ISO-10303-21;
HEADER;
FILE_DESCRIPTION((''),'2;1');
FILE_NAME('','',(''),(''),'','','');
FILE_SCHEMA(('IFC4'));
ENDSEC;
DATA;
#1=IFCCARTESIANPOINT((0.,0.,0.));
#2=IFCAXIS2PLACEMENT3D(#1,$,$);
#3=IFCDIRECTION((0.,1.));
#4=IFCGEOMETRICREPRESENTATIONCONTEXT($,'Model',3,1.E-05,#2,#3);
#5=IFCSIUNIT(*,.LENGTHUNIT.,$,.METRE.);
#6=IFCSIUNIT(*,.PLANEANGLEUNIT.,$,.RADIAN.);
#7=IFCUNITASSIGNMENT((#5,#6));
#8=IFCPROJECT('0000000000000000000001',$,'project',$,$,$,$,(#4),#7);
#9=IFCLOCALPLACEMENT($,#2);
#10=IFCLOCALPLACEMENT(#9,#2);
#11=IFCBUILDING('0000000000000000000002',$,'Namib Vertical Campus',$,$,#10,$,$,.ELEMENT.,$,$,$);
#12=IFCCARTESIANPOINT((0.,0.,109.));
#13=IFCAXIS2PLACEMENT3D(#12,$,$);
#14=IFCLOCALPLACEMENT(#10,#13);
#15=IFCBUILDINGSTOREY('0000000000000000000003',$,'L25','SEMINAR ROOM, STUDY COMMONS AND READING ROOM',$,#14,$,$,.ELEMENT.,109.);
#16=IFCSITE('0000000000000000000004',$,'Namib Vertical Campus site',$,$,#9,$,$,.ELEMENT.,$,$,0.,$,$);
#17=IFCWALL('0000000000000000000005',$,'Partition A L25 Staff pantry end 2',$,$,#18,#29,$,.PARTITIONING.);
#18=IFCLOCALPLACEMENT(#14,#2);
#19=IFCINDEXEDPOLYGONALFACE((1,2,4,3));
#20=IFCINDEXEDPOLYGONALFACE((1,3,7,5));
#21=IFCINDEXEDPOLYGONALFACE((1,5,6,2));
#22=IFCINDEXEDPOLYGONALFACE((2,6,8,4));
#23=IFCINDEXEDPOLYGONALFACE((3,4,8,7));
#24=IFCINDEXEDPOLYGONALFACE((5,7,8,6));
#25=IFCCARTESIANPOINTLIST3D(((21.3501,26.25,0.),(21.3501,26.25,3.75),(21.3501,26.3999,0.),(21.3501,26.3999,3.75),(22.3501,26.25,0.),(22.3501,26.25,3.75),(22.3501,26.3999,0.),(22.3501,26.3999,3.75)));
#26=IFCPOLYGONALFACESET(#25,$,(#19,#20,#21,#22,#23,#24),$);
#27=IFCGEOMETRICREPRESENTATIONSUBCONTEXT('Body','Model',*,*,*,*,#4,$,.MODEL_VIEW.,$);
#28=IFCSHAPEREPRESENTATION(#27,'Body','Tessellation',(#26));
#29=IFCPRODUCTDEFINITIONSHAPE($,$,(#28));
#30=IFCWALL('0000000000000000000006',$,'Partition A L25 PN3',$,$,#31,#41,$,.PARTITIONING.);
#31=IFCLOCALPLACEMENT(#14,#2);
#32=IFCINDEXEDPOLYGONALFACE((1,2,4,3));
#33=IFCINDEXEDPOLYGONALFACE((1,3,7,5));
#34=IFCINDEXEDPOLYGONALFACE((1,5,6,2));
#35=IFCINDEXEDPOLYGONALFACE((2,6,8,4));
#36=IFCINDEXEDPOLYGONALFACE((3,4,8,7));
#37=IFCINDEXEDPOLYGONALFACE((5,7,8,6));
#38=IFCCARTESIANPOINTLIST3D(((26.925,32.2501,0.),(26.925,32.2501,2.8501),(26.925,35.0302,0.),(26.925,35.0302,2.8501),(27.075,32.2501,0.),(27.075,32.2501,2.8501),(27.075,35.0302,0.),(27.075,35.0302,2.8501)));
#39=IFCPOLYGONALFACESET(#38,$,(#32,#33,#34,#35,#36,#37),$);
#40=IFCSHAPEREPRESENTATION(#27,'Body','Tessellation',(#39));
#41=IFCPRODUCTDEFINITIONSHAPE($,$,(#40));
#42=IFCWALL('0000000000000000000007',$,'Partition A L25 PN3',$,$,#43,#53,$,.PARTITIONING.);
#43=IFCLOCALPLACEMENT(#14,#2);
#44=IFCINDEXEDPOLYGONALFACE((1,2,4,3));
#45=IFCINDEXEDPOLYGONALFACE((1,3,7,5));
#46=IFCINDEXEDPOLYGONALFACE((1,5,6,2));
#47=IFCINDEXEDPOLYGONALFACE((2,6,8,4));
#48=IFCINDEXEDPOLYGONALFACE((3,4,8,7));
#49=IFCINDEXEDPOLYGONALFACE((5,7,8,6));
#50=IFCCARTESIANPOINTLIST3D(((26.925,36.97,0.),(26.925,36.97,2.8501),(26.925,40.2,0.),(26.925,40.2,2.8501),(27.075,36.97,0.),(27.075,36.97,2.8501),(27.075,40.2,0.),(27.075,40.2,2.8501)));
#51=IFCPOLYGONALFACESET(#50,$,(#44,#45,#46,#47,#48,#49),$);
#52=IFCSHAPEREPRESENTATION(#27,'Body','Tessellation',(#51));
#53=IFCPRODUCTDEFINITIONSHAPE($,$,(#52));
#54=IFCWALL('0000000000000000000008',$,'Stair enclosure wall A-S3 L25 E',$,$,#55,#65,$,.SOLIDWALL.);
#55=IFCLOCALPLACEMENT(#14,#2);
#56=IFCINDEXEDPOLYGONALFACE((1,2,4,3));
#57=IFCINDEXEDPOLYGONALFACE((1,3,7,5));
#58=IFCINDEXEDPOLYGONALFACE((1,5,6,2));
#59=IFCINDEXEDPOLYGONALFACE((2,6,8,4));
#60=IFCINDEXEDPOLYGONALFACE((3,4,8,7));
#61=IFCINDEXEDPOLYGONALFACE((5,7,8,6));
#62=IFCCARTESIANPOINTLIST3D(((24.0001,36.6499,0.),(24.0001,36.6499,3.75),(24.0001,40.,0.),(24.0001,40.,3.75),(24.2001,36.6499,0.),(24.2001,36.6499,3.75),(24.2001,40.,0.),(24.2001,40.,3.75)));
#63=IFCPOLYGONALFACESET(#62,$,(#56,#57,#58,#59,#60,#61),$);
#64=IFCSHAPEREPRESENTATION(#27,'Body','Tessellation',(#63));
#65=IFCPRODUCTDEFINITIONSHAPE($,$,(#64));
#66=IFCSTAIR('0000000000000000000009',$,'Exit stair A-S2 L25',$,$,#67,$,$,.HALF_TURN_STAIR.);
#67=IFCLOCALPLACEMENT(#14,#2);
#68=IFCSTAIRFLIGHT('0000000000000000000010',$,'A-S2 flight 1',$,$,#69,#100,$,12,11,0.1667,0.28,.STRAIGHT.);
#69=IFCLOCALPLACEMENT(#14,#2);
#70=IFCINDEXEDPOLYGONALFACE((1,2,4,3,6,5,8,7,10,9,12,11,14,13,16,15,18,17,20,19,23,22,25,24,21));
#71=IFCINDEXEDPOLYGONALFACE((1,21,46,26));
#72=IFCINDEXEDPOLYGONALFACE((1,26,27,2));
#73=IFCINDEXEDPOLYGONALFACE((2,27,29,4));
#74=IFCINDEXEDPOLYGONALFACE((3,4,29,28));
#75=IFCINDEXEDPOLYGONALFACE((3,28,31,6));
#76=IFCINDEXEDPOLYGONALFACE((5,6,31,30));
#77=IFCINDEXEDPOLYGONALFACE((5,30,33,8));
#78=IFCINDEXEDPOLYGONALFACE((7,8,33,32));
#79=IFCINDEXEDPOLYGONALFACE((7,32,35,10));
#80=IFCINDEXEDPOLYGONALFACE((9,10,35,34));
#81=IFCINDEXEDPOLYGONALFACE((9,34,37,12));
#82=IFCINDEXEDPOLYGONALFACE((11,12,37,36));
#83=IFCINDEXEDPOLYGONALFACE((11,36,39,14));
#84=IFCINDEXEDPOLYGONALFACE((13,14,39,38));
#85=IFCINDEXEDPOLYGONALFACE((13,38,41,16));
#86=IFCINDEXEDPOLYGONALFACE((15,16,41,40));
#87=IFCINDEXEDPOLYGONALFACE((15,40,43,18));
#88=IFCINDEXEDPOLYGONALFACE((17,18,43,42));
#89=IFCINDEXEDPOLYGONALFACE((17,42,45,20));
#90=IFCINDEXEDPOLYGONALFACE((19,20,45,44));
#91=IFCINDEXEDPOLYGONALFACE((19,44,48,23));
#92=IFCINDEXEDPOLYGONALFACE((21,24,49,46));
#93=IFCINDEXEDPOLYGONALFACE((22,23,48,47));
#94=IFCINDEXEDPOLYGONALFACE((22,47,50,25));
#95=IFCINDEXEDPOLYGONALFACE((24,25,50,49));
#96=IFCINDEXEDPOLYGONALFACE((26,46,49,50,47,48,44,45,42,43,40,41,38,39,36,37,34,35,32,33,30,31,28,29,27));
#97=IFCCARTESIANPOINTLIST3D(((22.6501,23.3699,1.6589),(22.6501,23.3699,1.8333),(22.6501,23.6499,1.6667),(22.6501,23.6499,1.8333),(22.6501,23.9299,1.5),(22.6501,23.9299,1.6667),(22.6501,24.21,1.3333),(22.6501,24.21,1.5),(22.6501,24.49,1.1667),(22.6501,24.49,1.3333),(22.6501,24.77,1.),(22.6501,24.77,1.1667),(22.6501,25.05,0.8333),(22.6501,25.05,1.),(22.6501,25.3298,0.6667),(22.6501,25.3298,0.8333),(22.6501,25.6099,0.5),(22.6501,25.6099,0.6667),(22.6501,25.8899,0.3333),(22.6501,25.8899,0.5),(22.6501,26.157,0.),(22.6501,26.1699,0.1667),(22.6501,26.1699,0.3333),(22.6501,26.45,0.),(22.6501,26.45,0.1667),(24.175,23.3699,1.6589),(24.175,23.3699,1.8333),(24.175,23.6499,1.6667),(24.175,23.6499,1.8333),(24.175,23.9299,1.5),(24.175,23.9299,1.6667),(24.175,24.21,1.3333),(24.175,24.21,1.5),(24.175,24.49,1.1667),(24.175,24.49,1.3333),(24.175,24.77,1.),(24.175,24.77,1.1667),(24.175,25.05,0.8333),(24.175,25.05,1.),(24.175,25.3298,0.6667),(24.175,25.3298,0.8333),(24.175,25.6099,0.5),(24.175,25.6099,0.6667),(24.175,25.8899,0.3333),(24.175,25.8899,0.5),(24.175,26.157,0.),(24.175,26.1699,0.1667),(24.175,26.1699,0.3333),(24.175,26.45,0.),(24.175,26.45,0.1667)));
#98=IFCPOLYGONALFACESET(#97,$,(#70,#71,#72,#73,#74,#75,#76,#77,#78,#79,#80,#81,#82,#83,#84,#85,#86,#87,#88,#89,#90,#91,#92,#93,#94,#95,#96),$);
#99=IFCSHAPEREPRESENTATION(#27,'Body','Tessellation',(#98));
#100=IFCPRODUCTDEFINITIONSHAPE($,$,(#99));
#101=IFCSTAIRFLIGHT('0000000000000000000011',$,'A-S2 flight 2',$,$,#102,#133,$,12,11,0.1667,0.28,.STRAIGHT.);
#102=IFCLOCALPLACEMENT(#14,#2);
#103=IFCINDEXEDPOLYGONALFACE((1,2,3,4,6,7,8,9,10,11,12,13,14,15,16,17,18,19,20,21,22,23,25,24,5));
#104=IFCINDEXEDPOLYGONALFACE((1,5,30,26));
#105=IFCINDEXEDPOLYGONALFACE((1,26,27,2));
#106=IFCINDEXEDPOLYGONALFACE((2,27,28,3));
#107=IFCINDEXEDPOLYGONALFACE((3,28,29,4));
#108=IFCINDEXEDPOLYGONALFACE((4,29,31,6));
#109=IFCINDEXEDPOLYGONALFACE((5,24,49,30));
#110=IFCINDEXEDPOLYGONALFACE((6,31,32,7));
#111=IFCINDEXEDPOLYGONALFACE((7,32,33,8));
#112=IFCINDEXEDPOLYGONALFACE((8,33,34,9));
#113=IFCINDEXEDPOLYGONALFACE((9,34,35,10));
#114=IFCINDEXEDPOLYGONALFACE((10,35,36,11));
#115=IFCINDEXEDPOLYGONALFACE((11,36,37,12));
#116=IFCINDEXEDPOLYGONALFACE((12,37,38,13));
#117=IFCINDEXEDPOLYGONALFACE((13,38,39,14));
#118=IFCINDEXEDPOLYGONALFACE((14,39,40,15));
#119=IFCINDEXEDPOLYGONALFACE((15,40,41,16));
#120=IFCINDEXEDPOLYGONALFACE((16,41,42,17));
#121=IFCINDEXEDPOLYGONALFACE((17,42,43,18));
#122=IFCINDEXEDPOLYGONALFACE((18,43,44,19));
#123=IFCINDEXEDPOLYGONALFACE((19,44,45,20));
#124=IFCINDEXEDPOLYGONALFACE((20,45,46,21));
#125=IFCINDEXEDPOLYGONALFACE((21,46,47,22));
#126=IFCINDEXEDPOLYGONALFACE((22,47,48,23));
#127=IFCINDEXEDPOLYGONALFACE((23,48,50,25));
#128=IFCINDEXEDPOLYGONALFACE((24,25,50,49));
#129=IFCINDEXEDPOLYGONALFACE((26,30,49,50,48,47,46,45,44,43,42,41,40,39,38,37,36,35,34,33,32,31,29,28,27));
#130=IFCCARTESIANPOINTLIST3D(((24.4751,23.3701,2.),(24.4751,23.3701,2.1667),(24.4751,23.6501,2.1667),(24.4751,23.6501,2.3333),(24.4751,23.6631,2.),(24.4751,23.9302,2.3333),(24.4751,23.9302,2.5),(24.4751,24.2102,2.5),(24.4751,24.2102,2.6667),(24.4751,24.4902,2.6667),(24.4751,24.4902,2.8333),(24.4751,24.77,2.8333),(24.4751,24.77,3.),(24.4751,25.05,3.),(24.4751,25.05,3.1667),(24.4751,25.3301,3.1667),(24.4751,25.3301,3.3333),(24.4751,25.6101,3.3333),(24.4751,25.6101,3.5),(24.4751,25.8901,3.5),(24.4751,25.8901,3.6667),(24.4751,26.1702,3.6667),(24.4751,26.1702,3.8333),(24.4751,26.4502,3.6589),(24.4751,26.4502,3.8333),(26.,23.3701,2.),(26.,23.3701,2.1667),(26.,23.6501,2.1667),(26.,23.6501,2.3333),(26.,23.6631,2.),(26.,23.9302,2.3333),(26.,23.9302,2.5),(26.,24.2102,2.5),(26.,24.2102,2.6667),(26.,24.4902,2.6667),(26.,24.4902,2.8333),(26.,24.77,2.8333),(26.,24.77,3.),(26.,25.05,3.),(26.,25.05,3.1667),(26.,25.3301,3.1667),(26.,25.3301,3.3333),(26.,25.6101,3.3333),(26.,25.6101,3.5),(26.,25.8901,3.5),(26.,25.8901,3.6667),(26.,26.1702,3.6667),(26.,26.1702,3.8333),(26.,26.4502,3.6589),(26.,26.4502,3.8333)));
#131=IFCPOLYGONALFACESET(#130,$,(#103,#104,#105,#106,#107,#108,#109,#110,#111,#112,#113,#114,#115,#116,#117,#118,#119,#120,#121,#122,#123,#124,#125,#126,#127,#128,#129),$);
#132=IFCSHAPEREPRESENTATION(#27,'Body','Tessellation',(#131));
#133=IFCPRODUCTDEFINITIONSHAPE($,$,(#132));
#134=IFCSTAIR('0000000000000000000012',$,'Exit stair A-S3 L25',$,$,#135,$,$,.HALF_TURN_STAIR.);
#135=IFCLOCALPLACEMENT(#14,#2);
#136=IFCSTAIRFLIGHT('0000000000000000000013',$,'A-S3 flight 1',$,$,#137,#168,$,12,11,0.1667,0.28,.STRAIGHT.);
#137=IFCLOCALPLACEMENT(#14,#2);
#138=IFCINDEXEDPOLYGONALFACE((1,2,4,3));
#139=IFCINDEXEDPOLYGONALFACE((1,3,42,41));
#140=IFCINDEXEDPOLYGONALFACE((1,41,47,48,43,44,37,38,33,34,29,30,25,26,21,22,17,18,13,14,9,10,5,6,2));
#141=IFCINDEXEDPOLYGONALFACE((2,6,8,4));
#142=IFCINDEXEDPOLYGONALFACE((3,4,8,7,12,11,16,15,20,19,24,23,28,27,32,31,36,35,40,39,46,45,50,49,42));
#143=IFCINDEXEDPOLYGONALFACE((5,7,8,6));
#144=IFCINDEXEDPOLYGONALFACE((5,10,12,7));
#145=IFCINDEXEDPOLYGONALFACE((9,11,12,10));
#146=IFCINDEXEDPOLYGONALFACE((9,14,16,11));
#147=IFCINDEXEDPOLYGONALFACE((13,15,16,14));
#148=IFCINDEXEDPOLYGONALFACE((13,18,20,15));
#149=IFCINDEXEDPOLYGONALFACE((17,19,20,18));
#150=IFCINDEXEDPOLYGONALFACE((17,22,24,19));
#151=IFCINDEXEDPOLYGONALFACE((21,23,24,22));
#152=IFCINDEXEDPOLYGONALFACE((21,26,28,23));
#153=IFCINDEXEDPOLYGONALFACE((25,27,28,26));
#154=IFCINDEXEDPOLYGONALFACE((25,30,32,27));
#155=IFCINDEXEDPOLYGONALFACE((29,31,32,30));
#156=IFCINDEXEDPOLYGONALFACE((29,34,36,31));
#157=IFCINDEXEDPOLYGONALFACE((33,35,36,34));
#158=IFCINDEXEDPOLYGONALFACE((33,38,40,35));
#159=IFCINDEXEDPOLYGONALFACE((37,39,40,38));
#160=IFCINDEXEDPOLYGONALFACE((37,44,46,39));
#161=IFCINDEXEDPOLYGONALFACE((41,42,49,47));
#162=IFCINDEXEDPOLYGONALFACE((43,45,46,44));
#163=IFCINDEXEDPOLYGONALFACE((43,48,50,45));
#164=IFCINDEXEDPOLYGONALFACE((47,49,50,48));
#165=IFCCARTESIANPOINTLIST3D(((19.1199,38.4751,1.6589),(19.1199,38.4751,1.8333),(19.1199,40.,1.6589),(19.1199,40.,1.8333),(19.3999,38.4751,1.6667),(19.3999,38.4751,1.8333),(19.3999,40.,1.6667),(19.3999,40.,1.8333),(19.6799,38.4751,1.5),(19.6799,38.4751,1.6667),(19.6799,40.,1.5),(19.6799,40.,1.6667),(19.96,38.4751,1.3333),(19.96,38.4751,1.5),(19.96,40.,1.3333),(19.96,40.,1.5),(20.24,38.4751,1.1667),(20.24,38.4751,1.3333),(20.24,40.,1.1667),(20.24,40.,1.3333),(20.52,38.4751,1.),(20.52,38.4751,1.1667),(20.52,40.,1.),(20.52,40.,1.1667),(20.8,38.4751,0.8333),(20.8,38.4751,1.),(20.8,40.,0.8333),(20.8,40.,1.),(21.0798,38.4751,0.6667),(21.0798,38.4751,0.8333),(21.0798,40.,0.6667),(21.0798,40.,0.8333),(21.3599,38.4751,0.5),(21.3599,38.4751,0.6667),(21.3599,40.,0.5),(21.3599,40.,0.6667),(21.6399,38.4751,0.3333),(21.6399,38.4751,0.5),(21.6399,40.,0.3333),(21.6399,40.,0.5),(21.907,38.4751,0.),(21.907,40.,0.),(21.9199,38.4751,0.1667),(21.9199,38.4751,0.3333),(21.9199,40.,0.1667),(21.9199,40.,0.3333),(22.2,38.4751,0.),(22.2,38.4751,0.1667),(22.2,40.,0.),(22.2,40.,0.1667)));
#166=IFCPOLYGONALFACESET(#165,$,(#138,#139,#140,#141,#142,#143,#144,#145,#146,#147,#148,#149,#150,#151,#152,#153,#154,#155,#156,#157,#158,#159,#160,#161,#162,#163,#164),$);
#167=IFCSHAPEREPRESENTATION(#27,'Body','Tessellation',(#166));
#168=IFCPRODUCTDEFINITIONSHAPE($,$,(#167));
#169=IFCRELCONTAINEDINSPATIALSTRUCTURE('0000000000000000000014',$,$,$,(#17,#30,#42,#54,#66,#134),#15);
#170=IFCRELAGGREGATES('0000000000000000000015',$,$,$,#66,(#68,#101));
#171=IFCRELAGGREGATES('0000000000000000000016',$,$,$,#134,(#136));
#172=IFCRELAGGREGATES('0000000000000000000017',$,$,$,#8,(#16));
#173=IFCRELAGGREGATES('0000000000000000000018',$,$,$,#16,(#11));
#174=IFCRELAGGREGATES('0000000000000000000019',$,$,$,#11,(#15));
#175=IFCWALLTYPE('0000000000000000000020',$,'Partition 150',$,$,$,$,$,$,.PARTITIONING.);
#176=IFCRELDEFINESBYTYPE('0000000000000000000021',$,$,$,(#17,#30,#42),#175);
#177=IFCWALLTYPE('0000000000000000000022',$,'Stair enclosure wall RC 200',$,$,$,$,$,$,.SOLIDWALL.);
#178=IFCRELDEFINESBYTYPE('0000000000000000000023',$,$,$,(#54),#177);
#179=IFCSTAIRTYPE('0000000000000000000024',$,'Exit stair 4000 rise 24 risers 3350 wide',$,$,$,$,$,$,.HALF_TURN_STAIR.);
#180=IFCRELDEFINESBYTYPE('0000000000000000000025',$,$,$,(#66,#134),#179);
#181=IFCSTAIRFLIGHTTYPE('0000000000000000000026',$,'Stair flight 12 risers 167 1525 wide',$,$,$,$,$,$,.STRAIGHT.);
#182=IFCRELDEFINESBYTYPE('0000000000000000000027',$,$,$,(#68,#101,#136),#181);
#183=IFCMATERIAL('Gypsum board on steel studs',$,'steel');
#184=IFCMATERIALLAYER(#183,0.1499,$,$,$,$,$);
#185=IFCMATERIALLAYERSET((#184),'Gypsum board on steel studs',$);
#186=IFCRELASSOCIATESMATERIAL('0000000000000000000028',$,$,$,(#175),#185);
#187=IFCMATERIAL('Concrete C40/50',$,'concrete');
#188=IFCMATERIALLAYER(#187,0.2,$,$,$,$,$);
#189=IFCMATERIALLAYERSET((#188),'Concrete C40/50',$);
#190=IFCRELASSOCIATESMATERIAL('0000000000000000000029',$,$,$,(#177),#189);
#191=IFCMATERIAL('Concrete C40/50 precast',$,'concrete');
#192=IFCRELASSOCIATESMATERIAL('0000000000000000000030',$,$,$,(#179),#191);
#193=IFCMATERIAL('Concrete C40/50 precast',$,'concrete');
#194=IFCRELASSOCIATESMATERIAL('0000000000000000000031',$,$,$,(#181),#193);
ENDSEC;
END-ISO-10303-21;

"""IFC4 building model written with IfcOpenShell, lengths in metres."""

from ifc_helpers import new_model, si_unit, direction, frame, frame_2d, origin, place, context, subcontext, project, spatial, polyline, rectangle, outline, extrude, material, layer, layer_set, type_object, element, aggregate, save


model = new_model("IFC4")

# Units and contexts
model_context = context("Model", 3, precision=1e-05, world=origin(), true_north=direction((0.0, 1.0)))
body_context = subcontext(model_context, "Body", "Model", "MODEL_VIEW")
ifc_project = project(units=[si_unit("LENGTHUNIT", "METRE"), si_unit("PLANEANGLEUNIT", "RADIAN")], contexts=[model_context])

# Site, building, storey
site_placement = place(None, origin())
site = spatial("IfcSite", under=ifc_project, at=site_placement, Name="Namib Vertical Campus site", CompositionType="ELEMENT", RefElevation=0.0)
building_placement = place(site_placement, origin())
building = spatial("IfcBuilding", under=site, at=building_placement, Name="Namib Vertical Campus", CompositionType="ELEMENT")
storey_placement = place(building_placement, frame((0.0, 0.0, 109.0)))
storey = spatial("IfcBuildingStorey", under=building, at=storey_placement, Name="L25", Description="SEMINAR ROOM, STUDY COMMONS AND READING ROOM", CompositionType="ELEMENT", Elevation=109.0)

# Walls
ifc_material_1 = material(Name="Gypsum board on steel studs", Category="steel")
ifc_layer_1 = layer(ifc_material_1, 0.1499)
ifc_layer_set_1 = layer_set([ifc_layer_1], Name="Gypsum board on steel studs")
wall_type_1 = type_object("IfcWallType", Name="Partition 150", PredefinedType="PARTITIONING", material=ifc_layer_set_1)
wall_1_placement = place(storey_placement, frame((21.3501, 26.325, 0.0), z_axis=(0.0, 0.0, 1.0), x_axis=(1.0, 0.0, 0.0)))
element("IfcWall", 1, at=wall_1_placement, inside=storey, type_object=wall_type_1, Name="Partition A L25 Staff pantry end 2", PredefinedType="PARTITIONING", context=body_context, shape_type="SweptSolid", body=[
    extrude(rectangle(XDim=1.0, YDim=0.1499, at=frame_2d((0.5, 0.0))), origin(), (0.0, 0.0, 1.0), 3.75),
])
wall_2_placement = place(storey_placement, frame((27.0, 32.25, 0.0), z_axis=(0.0, 0.0, 1.0), x_axis=(0.0, 1.0, 0.0)))
element("IfcWall", 2, at=wall_2_placement, inside=storey, type_object=wall_type_1, Name="Partition A L25 PN3", PredefinedType="PARTITIONING", context=body_context, shape_type="SweptSolid", body=[
    extrude(rectangle(XDim=2.78, YDim=0.1499, at=frame_2d((1.3901, 0.0))), origin(), (0.0, 0.0, 1.0), 2.8501),
])
wall_3_placement = place(storey_placement, frame((27.0, 36.97, 0.0), z_axis=(0.0, 0.0, 1.0), x_axis=(0.0, 1.0, 0.0)))
element("IfcWall", 3, at=wall_3_placement, inside=storey, type_object=wall_type_1, Name="Partition A L25 PN3", PredefinedType="PARTITIONING", context=body_context, shape_type="SweptSolid", body=[
    extrude(rectangle(XDim=3.23, YDim=0.1499, at=frame_2d((1.615, 0.0))), origin(), (0.0, 0.0, 1.0), 2.8501),
])
ifc_material_2 = material(Name="Concrete C40/50", Category="concrete")
ifc_layer_2 = layer(ifc_material_2, 0.2)
ifc_layer_set_2 = layer_set([ifc_layer_2], Name="Concrete C40/50")
wall_type_2 = type_object("IfcWallType", Name="Stair enclosure wall RC 200", PredefinedType="SOLIDWALL", material=ifc_layer_set_2)
wall_4_placement = place(storey_placement, frame((24.1001, 36.6499, 0.0), z_axis=(0.0, 0.0, 1.0), x_axis=(0.0, 1.0, 0.0)))
element("IfcWall", 4, at=wall_4_placement, inside=storey, type_object=wall_type_2, Name="Stair enclosure wall A-S3 L25 E", PredefinedType="SOLIDWALL", context=body_context, shape_type="SweptSolid", body=[
    extrude(rectangle(XDim=3.3501, YDim=0.2, at=frame_2d((1.675, 0.0))), origin(), (0.0, 0.0, 1.0), 3.75),
])

# Stair, stair flights
ifc_material_3 = material(Name="Concrete C40/50 precast", Category="concrete")
stair_type = type_object("IfcStairType", Name="Exit stair 4000 rise 24 risers 3350 wide", PredefinedType="HALF_TURN_STAIR", material=ifc_material_3)
stair_1_placement = place(storey_placement, origin())
stair_1 = element("IfcStair", 5, at=stair_1_placement, inside=storey, type_object=stair_type, Name="Exit stair A-S2 L25", PredefinedType="HALF_TURN_STAIR")
ifc_material_4 = material(Name="Concrete C40/50 precast", Category="concrete")
stair_flight_type = type_object("IfcStairFlightType", Name="Stair flight 12 risers 167 1525 wide", PredefinedType="STRAIGHT", material=ifc_material_4)
stair_flight_1_placement = place(storey_placement, frame((23.4126, 26.45, 0.0), z_axis=(0.0, 0.0, 1.0), x_axis=(0.0, -1.0, 0.0)))
stair_flight_1 = element("IfcStairFlight", 6, at=stair_flight_1_placement, type_object=stair_flight_type, Name="A-S2 flight 1", NumberOfRisers=12, NumberOfTreads=11, PredefinedType="STRAIGHT", RiserHeight=0.1667, TreadLength=0.28, context=body_context, shape_type="SweptSolid", body=[
    extrude(outline(polyline([(0.0, 0.0), (0.0, 0.1667), (0.28, 0.1667), (0.28, 0.3333), (0.5601, 0.3333), (0.5601, 0.5), (0.8401, 0.5), (0.8401, 0.6667), (1.1201, 0.6667), (1.1201, 0.8333), (1.3999, 0.8333), (1.3999, 1.0), (1.6799, 1.0), (1.6799, 1.1667), (1.96, 1.1667), (1.96, 1.3333), (2.24, 1.3333), (2.24, 1.5), (2.52, 1.5), (2.52, 1.6667), (2.8, 1.6667), (2.8, 1.8333), (3.0801, 1.8333), (3.0801, 2.0), (3.0801, 1.6589), (0.293, 0.0), (0.0, 0.0)])), frame((0.0, 0.7625, 0.0), z_axis=(0.0, -1.0, 0.0), x_axis=(1.0, 0.0, 0.0)), (0.0, 0.0, 1.0), 1.5249),
])
stair_flight_2_placement = place(storey_placement, frame((25.2375, 23.3701, 2.0), z_axis=(0.0, 0.0, 1.0), x_axis=(0.0, 1.0, 0.0)))
stair_flight_2 = element("IfcStairFlight", 7, at=stair_flight_2_placement, type_object=stair_flight_type, Name="A-S2 flight 2", NumberOfRisers=12, NumberOfTreads=11, PredefinedType="STRAIGHT", RiserHeight=0.1667, TreadLength=0.28, context=body_context, shape_type="SweptSolid", body=[
    extrude(outline(polyline([(0.0, 0.0), (0.0, 0.1667), (0.28, 0.1667), (0.28, 0.3333), (0.5601, 0.3333), (0.5601, 0.5), (0.8401, 0.5), (0.8401, 0.6667), (1.1201, 0.6667), (1.1201, 0.8333), (1.3999, 0.8333), (1.3999, 1.0), (1.6799, 1.0), (1.6799, 1.1667), (1.96, 1.1667), (1.96, 1.3333), (2.24, 1.3333), (2.24, 1.5), (2.52, 1.5), (2.52, 1.6667), (2.8, 1.6667), (2.8, 1.8333), (3.0801, 1.8333), (3.0801, 2.0), (3.0801, 1.6589), (0.293, 0.0), (0.0, 0.0)])), frame((0.0, 0.7625, 0.0), z_axis=(0.0, -1.0, 0.0), x_axis=(1.0, 0.0, 0.0)), (0.0, 0.0, 1.0), 1.5249),
])
aggregate(stair_1, [stair_flight_1, stair_flight_2])

# Stair, stair flight
stair_2_placement = place(storey_placement, origin())
stair_2 = element("IfcStair", 8, at=stair_2_placement, inside=storey, type_object=stair_type, Name="Exit stair A-S3 L25", PredefinedType="HALF_TURN_STAIR")
stair_flight_3_placement = place(storey_placement, frame((22.2, 39.2375, 0.0), z_axis=(0.0, 0.0, 1.0), x_axis=(-1.0, 0.0, 0.0)))
stair_flight_3 = element("IfcStairFlight", 9, at=stair_flight_3_placement, type_object=stair_flight_type, Name="A-S3 flight 1", NumberOfRisers=12, NumberOfTreads=11, PredefinedType="STRAIGHT", RiserHeight=0.1667, TreadLength=0.28, context=body_context, shape_type="SweptSolid", body=[
    extrude(outline(polyline([(0.0, 0.0), (0.0, 0.1667), (0.28, 0.1667), (0.28, 0.3333), (0.5601, 0.3333), (0.5601, 0.5), (0.8401, 0.5), (0.8401, 0.6667), (1.1201, 0.6667), (1.1201, 0.8333), (1.3999, 0.8333), (1.3999, 1.0), (1.6799, 1.0), (1.6799, 1.1667), (1.96, 1.1667), (1.96, 1.3333), (2.24, 1.3333), (2.24, 1.5), (2.52, 1.5), (2.52, 1.6667), (2.8, 1.6667), (2.8, 1.8333), (3.0801, 1.8333), (3.0801, 2.0), (3.0801, 1.6589), (0.293, 0.0), (0.0, 0.0)])), frame((0.0, 0.7625, 0.0), z_axis=(0.0, -1.0, 0.0), x_axis=(1.0, 0.0, 0.0)), (0.0, 0.0, 1.0), 1.5249),
])
aggregate(stair_2, [stair_flight_3])

save(model, "model.ifc")
